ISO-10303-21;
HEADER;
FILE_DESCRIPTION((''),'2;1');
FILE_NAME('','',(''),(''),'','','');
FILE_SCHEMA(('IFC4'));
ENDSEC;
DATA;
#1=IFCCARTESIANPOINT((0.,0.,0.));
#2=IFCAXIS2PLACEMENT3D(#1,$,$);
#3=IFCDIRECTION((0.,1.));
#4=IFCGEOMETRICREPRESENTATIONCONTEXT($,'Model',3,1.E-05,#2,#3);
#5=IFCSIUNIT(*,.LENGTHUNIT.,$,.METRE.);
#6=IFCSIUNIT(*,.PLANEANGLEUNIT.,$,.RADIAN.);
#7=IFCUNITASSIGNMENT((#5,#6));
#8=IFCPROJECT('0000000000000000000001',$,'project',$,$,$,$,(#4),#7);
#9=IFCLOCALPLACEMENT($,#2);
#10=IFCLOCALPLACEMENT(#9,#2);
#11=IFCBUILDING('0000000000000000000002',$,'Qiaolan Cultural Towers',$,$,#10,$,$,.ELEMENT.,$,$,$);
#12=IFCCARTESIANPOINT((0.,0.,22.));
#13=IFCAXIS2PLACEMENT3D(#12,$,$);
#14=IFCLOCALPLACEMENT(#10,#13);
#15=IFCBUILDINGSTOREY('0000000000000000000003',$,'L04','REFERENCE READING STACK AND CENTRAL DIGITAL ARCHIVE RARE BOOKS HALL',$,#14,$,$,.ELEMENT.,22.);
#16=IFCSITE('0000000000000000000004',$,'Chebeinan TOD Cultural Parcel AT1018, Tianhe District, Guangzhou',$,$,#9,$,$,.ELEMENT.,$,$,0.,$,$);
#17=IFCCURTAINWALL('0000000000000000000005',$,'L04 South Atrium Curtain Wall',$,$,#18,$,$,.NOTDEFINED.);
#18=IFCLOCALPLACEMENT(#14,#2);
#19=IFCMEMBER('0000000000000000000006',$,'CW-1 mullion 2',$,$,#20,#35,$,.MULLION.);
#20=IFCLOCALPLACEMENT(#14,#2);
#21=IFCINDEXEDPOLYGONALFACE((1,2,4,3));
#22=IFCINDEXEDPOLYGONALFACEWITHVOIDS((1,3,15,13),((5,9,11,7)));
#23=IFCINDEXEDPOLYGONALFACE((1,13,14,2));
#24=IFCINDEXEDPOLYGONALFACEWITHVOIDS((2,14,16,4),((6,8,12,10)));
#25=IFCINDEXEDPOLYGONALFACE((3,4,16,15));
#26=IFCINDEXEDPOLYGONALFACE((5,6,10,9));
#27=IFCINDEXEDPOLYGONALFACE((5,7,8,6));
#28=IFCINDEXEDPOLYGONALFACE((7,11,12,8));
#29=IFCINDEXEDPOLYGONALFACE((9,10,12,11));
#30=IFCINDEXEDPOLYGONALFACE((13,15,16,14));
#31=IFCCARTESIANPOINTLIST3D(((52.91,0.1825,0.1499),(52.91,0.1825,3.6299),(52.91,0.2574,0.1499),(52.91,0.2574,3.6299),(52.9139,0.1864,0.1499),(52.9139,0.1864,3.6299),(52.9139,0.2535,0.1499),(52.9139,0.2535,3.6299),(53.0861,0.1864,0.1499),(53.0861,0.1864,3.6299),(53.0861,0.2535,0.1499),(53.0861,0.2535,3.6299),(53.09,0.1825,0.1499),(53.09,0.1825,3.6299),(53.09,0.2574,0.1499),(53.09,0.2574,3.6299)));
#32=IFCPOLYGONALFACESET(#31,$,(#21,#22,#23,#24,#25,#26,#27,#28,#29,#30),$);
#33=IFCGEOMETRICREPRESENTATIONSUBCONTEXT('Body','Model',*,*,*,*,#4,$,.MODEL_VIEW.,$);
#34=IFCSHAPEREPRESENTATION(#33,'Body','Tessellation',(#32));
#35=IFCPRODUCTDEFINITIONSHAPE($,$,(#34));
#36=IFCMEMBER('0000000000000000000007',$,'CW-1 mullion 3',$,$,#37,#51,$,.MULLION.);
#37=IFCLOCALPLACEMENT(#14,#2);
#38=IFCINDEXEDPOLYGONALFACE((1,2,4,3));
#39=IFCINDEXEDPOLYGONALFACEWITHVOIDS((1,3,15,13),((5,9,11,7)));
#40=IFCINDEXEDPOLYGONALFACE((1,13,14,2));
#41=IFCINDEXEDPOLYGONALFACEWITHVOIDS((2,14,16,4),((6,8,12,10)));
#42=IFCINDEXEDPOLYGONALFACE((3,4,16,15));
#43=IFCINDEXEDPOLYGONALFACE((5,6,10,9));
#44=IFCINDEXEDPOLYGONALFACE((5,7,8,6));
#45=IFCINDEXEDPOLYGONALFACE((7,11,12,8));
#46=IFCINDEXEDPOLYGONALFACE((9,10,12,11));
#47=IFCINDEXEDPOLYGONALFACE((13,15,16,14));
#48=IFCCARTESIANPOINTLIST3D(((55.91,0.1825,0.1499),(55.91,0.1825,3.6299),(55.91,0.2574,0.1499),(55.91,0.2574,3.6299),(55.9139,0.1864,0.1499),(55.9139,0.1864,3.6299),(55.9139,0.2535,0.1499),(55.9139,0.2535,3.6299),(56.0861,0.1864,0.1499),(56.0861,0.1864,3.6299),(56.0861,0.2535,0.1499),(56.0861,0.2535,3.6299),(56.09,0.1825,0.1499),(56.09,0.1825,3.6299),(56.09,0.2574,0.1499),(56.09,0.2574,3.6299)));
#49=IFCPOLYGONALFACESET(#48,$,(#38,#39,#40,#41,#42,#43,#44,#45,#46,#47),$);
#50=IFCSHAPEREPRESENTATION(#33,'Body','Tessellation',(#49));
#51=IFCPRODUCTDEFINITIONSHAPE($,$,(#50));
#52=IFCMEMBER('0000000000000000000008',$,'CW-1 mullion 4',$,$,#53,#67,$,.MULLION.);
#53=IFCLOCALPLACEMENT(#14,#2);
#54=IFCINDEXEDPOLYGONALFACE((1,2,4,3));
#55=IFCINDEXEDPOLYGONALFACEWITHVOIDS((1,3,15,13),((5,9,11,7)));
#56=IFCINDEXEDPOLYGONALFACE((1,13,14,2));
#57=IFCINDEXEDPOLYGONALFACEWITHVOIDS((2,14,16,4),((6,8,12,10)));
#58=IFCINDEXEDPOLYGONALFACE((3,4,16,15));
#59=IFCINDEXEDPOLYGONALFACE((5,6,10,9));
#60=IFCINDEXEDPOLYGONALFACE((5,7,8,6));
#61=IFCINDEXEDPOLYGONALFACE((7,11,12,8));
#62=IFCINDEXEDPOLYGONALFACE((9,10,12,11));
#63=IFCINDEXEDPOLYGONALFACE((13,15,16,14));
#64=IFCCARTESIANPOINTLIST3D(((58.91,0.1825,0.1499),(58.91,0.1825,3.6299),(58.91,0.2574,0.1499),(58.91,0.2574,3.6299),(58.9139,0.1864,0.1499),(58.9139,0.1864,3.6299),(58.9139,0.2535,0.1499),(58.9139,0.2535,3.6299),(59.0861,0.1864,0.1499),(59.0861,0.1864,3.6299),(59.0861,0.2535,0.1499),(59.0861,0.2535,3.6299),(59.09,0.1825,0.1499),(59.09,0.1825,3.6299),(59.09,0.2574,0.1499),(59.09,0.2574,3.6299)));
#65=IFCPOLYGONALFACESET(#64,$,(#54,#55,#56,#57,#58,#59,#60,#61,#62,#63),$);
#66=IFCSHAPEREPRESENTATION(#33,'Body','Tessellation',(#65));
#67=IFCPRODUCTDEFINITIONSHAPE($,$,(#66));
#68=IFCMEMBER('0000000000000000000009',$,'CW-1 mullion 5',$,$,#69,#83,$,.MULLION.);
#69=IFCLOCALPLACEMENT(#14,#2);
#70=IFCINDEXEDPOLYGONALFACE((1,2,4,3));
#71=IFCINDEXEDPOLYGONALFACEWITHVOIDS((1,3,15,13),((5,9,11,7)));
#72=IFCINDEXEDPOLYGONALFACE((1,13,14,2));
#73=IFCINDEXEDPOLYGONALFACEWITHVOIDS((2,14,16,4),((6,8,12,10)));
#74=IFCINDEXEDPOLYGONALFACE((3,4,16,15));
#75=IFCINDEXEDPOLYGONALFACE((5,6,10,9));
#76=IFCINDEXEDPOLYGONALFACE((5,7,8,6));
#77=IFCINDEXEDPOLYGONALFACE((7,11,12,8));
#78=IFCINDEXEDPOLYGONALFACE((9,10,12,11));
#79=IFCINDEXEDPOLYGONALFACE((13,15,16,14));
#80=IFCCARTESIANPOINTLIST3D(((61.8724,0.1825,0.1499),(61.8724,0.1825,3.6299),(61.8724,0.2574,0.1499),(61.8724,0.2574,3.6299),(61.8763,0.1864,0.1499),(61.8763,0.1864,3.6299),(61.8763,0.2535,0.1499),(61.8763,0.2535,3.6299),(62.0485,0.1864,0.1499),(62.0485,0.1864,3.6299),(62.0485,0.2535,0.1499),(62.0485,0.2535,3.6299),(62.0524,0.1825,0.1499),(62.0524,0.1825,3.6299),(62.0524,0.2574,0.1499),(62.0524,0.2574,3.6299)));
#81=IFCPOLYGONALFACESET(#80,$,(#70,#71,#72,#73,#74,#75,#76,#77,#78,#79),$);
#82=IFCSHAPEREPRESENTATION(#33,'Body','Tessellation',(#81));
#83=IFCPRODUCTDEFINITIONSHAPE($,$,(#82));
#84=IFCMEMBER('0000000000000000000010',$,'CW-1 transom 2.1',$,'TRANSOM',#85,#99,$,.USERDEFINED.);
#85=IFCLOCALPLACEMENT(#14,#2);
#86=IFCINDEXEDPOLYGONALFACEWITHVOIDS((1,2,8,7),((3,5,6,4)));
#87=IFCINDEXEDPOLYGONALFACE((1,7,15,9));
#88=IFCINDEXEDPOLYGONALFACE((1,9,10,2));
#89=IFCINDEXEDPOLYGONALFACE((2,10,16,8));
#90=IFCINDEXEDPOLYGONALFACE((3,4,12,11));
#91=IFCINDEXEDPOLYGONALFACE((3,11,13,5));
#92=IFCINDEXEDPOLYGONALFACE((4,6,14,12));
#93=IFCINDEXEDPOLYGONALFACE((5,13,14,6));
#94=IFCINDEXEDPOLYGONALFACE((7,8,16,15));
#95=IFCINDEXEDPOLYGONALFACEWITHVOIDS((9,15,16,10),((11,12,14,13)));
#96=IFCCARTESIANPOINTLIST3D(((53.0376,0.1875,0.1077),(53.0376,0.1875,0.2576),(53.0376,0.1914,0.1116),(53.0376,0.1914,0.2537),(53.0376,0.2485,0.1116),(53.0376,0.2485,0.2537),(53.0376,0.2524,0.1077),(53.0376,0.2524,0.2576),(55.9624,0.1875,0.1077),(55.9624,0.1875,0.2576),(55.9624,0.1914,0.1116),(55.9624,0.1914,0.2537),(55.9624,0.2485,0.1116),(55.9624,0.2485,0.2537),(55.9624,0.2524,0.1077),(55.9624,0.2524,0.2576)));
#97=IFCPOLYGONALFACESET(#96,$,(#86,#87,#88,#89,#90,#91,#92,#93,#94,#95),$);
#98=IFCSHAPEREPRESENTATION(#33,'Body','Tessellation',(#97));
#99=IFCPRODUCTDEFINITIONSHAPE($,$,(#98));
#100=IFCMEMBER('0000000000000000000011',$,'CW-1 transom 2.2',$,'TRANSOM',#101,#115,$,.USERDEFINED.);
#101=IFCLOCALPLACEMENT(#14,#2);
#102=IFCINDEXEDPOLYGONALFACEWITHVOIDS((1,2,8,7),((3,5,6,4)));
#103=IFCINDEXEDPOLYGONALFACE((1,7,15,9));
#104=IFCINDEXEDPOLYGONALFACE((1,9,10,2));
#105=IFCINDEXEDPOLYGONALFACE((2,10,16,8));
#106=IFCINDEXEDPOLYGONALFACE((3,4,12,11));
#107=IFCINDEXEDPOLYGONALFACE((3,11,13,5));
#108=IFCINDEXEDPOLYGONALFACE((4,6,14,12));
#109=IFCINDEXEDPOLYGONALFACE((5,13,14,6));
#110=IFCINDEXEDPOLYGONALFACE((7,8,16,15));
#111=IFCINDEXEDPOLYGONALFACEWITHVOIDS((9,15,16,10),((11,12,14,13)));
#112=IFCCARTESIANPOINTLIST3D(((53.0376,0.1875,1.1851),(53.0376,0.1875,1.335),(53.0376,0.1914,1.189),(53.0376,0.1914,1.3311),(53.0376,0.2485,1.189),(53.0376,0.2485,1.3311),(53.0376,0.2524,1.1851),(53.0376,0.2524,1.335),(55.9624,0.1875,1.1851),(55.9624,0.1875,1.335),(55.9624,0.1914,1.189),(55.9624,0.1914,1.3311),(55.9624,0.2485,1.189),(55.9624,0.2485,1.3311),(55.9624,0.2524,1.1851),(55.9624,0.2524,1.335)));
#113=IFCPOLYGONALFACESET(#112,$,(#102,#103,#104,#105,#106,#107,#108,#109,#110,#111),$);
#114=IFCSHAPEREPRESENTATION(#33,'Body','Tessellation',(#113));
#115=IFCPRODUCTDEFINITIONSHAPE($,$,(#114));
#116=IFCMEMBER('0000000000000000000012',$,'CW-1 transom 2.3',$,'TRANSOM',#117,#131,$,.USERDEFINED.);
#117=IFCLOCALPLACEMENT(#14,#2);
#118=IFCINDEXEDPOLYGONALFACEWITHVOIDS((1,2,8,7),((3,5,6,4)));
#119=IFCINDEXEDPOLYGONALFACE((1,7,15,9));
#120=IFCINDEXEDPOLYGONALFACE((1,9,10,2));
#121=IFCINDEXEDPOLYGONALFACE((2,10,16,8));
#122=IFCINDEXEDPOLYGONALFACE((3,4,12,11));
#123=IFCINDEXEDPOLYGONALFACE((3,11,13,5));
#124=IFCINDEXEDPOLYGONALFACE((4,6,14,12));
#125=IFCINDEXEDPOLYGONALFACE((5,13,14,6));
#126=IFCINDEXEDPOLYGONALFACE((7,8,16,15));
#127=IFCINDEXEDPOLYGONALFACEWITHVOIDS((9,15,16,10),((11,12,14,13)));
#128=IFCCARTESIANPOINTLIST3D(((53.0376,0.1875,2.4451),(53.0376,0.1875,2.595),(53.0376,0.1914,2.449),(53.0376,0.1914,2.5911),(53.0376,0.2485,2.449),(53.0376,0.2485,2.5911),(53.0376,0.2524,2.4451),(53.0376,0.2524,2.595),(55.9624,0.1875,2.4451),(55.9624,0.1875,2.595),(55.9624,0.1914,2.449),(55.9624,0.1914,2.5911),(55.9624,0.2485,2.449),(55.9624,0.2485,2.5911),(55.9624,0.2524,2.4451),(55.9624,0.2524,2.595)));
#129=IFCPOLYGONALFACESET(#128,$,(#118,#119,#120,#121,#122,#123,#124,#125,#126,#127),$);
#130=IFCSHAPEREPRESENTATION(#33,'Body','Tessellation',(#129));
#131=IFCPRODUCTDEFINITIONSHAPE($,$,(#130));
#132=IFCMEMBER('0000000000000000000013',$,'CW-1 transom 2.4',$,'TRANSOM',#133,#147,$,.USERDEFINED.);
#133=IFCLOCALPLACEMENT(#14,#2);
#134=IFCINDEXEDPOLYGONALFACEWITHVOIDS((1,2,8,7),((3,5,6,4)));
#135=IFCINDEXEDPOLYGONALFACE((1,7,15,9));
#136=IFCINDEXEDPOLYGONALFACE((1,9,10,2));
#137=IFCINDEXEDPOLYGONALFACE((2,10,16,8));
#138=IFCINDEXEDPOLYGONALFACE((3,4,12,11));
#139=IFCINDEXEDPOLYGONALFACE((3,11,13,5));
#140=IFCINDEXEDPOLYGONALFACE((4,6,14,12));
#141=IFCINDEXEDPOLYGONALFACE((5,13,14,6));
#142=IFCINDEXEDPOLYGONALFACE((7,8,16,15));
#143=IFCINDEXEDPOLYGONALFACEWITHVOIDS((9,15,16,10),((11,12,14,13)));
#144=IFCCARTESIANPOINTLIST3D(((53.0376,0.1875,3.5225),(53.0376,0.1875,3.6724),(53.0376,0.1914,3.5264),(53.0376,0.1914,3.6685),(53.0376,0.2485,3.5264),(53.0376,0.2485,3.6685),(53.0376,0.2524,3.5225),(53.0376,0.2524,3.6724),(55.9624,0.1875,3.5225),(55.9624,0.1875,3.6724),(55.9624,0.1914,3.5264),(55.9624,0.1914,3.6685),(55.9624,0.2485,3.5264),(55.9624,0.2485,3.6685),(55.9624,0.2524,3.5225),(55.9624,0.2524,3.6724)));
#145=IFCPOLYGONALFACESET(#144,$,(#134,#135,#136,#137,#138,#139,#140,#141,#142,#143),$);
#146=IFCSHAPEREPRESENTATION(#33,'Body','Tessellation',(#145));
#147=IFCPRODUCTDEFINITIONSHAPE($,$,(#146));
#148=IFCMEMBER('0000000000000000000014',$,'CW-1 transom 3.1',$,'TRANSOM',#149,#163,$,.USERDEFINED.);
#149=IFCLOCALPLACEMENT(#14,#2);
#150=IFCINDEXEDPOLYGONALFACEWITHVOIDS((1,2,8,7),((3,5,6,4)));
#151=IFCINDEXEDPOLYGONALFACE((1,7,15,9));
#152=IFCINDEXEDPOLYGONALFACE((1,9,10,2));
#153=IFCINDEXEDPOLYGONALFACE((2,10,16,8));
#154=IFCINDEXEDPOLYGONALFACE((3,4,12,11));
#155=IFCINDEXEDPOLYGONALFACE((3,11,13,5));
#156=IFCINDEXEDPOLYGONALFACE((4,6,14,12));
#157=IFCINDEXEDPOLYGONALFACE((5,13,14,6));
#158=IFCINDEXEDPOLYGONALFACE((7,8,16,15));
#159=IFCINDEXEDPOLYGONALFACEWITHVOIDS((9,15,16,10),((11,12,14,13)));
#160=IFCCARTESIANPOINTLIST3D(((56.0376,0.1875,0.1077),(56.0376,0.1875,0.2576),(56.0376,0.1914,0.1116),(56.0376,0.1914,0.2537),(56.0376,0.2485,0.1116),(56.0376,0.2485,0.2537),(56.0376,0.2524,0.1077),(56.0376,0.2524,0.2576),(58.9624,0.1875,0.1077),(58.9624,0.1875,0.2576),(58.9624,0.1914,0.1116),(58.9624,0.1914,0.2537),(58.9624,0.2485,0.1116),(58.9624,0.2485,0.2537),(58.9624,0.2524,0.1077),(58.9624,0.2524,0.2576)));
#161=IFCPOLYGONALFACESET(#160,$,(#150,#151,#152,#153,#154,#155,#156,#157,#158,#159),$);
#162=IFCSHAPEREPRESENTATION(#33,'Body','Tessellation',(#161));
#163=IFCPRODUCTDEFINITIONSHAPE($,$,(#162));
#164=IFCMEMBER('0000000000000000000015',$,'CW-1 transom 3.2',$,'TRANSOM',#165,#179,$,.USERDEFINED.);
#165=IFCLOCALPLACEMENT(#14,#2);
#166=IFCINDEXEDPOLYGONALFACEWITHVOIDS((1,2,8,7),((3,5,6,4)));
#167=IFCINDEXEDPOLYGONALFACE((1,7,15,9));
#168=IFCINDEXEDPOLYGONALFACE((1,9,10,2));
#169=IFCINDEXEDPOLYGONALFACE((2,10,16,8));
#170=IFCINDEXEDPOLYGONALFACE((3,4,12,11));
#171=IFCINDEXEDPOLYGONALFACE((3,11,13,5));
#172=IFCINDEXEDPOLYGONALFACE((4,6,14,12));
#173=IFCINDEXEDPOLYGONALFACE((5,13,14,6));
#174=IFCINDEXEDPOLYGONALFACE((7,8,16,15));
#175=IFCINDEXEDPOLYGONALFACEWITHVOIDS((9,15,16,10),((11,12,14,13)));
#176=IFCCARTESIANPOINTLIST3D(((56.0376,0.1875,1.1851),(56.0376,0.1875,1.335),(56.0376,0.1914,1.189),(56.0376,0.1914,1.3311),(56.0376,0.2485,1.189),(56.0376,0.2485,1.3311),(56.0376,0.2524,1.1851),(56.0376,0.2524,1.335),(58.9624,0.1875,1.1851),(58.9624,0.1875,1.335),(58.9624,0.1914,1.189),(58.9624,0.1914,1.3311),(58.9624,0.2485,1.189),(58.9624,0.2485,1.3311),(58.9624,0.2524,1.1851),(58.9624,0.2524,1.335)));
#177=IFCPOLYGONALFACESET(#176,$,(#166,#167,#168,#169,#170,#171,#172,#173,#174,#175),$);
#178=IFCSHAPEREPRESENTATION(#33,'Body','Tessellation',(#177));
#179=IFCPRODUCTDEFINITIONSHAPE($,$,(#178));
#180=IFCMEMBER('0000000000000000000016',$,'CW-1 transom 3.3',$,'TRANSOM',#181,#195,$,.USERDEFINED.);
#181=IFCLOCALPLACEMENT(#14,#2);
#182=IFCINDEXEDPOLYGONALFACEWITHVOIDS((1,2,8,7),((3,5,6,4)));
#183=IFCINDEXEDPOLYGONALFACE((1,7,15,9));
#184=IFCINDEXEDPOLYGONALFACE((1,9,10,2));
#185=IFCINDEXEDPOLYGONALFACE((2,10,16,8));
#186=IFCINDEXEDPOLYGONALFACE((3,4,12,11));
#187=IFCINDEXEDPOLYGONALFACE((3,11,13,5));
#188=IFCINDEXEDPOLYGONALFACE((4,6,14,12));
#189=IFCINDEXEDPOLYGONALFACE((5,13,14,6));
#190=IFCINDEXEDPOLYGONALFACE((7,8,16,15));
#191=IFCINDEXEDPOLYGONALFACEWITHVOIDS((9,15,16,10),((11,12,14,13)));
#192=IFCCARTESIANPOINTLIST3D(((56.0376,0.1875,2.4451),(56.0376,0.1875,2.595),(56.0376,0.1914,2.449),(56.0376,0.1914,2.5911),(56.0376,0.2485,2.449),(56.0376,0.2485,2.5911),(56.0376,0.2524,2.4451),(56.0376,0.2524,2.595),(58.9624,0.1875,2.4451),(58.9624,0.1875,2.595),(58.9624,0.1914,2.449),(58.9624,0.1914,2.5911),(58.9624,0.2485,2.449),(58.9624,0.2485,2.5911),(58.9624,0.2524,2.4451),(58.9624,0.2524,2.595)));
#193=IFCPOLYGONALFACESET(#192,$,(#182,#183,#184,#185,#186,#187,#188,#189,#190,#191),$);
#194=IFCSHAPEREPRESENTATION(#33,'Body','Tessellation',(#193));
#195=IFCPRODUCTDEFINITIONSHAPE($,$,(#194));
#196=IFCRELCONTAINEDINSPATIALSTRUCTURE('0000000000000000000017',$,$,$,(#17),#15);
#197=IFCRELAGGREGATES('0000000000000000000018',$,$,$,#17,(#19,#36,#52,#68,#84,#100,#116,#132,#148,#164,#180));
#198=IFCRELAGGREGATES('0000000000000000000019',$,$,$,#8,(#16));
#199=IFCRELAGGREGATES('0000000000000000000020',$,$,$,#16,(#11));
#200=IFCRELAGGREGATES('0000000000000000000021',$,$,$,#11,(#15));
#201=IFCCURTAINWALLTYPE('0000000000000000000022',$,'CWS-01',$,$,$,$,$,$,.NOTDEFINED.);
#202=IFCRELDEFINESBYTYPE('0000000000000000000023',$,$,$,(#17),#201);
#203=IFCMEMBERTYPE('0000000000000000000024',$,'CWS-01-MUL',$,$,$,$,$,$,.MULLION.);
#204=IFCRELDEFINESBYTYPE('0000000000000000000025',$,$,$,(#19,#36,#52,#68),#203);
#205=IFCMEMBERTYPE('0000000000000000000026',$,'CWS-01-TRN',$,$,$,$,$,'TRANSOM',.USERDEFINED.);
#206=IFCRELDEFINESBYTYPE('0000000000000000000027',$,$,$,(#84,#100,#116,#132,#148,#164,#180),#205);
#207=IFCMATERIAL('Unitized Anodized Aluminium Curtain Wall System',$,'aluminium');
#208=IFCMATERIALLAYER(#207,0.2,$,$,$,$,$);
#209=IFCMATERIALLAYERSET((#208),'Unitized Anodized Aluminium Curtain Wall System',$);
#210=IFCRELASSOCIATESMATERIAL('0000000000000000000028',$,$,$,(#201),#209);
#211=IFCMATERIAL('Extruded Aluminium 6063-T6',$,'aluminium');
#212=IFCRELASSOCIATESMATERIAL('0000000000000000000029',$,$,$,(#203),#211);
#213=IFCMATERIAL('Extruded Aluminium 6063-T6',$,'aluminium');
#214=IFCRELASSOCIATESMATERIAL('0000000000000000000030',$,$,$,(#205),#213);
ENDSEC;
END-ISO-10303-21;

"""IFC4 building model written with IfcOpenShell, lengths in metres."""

from ifc_helpers import new_model, si_unit, direction, frame, origin, origin_2d, place, context, subcontext, project, spatial, hollow_rectangle, extrude, material, layer, layer_set, material_profile, profile_set, type_object, element, aggregate, save


model = new_model("IFC4")

# Units and contexts
model_context = context("Model", 3, precision=1e-05, world=origin(), true_north=direction((0.0, 1.0)))
body_context = subcontext(model_context, "Body", "Model", "MODEL_VIEW")
ifc_project = project(units=[si_unit("LENGTHUNIT", "METRE"), si_unit("PLANEANGLEUNIT", "RADIAN")], contexts=[model_context])

# Site, building, storey
site_placement = place(None, origin())
site = spatial("IfcSite", under=ifc_project, at=site_placement, Name="Chebeinan TOD Cultural Parcel AT1018, Tianhe District, Guangzhou", CompositionType="ELEMENT", RefElevation=0.0)
building_placement = place(site_placement, origin())
building = spatial("IfcBuilding", under=site, at=building_placement, Name="Qiaolan Cultural Towers", CompositionType="ELEMENT")
storey_placement = place(building_placement, frame((0.0, 0.0, 22.0)))
storey = spatial("IfcBuildingStorey", under=building, at=storey_placement, Name="L04", Description="REFERENCE READING STACK AND CENTRAL DIGITAL ARCHIVE RARE BOOKS HALL", CompositionType="ELEMENT", Elevation=22.0)

# Curtain wall, members
ifc_material_1 = material(Name="Unitized Anodized Aluminium Curtain Wall System", Category="aluminium")
ifc_layer_1 = layer(ifc_material_1, 0.2)
ifc_layer_set_1 = layer_set([ifc_layer_1], Name="Unitized Anodized Aluminium Curtain Wall System")
curtain_wall_type = type_object("IfcCurtainWallType", Name="CWS-01", PredefinedType="NOTDEFINED", material=ifc_layer_set_1)
curtain_wall_placement = place(storey_placement, origin())
curtain_wall = element("IfcCurtainWall", 1, at=curtain_wall_placement, inside=storey, type_object=curtain_wall_type, Name="L04 South Atrium Curtain Wall", PredefinedType="NOTDEFINED")
ifc_material_2 = material(Name="Extruded Aluminium 6063-T6", Category="aluminium")
ifc_material_profile_1 = material_profile(ifc_material_2, hollow_rectangle(XDim=0.075, YDim=0.1799, WallThickness=0.0039, at=origin_2d()), Name="CWM-180x75x4")
ifc_profile_set_1 = profile_set([ifc_material_profile_1], Name="Extruded Aluminium 6063-T6")
member_type_1 = type_object("IfcMemberType", Name="CWS-01-MUL", PredefinedType="MULLION", material=ifc_profile_set_1)
member_1_placement = place(storey_placement, frame((53.0, 0.22, 0.1499), z_axis=(0.0, 0.0, 1.0), x_axis=(0.0, 1.0, 0.0)))
member_1 = element("IfcMember", 2, at=member_1_placement, type_object=member_type_1, Name="CW-1 mullion 2", PredefinedType="MULLION", context=body_context, shape_type="SweptSolid", body=[
    extrude(hollow_rectangle(XDim=0.075, YDim=0.1799, WallThickness=0.0039, at=origin_2d()), origin(), (0.0, 0.0, 1.0), 3.48),
])
member_2_placement = place(storey_placement, frame((56.0, 0.22, 0.1499), z_axis=(0.0, 0.0, 1.0), x_axis=(0.0, 1.0, 0.0)))
member_2 = element("IfcMember", 3, at=member_2_placement, type_object=member_type_1, Name="CW-1 mullion 3", PredefinedType="MULLION", context=body_context, shape_type="SweptSolid", body=[
    extrude(hollow_rectangle(XDim=0.075, YDim=0.1799, WallThickness=0.0039, at=origin_2d()), origin(), (0.0, 0.0, 1.0), 3.48),
])
member_3_placement = place(storey_placement, frame((59.0, 0.22, 0.1499), z_axis=(0.0, 0.0, 1.0), x_axis=(0.0, 1.0, 0.0)))
member_3 = element("IfcMember", 4, at=member_3_placement, type_object=member_type_1, Name="CW-1 mullion 4", PredefinedType="MULLION", context=body_context, shape_type="SweptSolid", body=[
    extrude(hollow_rectangle(XDim=0.075, YDim=0.1799, WallThickness=0.0039, at=origin_2d()), origin(), (0.0, 0.0, 1.0), 3.48),
])
member_4_placement = place(storey_placement, frame((61.9624, 0.22, 0.1499), z_axis=(0.0, 0.0, 1.0), x_axis=(0.0, 1.0, 0.0)))
member_4 = element("IfcMember", 5, at=member_4_placement, type_object=member_type_1, Name="CW-1 mullion 5", PredefinedType="MULLION", context=body_context, shape_type="SweptSolid", body=[
    extrude(hollow_rectangle(XDim=0.075, YDim=0.1799, WallThickness=0.0039, at=origin_2d()), origin(), (0.0, 0.0, 1.0), 3.48),
])
ifc_material_3 = material(Name="Extruded Aluminium 6063-T6", Category="aluminium")
ifc_material_profile_2 = material_profile(ifc_material_3, hollow_rectangle(XDim=0.0649, YDim=0.1499, WallThickness=0.0039, at=origin_2d()), Name="CWT-150x65x4")
ifc_profile_set_2 = profile_set([ifc_material_profile_2], Name="Extruded Aluminium 6063-T6")
member_type_2 = type_object("IfcMemberType", Name="CWS-01-TRN", ElementType="TRANSOM", PredefinedType="USERDEFINED", material=ifc_profile_set_2)
member_5_placement = place(storey_placement, frame((53.0376, 0.22, 0.1826), z_axis=(1.0, 0.0, 0.0), x_axis=(0.0, 1.0, 0.0)))
member_5 = element("IfcMember", 6, at=member_5_placement, type_object=member_type_2, Name="CW-1 transom 2.1", ObjectType="TRANSOM", PredefinedType="USERDEFINED", context=body_context, shape_type="SweptSolid", body=[
    extrude(hollow_rectangle(XDim=0.0649, YDim=0.1499, WallThickness=0.0039, at=origin_2d()), origin(), (0.0, 0.0, 1.0), 2.9248),
])
member_6_placement = place(storey_placement, frame((53.0376, 0.22, 1.26), z_axis=(1.0, 0.0, 0.0), x_axis=(0.0, 1.0, 0.0)))
member_6 = element("IfcMember", 7, at=member_6_placement, type_object=member_type_2, Name="CW-1 transom 2.2", ObjectType="TRANSOM", PredefinedType="USERDEFINED", context=body_context, shape_type="SweptSolid", body=[
    extrude(hollow_rectangle(XDim=0.0649, YDim=0.1499, WallThickness=0.0039, at=origin_2d()), origin(), (0.0, 0.0, 1.0), 2.9248),
])
member_7_placement = place(storey_placement, frame((53.0376, 0.22, 2.52), z_axis=(1.0, 0.0, 0.0), x_axis=(0.0, 1.0, 0.0)))
member_7 = element("IfcMember", 8, at=member_7_placement, type_object=member_type_2, Name="CW-1 transom 2.3", ObjectType="TRANSOM", PredefinedType="USERDEFINED", context=body_context, shape_type="SweptSolid", body=[
    extrude(hollow_rectangle(XDim=0.0649, YDim=0.1499, WallThickness=0.0039, at=origin_2d()), origin(), (0.0, 0.0, 1.0), 2.9248),
])
member_8_placement = place(storey_placement, frame((53.0376, 0.22, 3.5974), z_axis=(1.0, 0.0, 0.0), x_axis=(0.0, 1.0, 0.0)))
member_8 = element("IfcMember", 9, at=member_8_placement, type_object=member_type_2, Name="CW-1 transom 2.4", ObjectType="TRANSOM", PredefinedType="USERDEFINED", context=body_context, shape_type="SweptSolid", body=[
    extrude(hollow_rectangle(XDim=0.0649, YDim=0.1499, WallThickness=0.0039, at=origin_2d()), origin(), (0.0, 0.0, 1.0), 2.9248),
])
member_9_placement = place(storey_placement, frame((56.0376, 0.22, 0.1826), z_axis=(1.0, 0.0, 0.0), x_axis=(0.0, 1.0, 0.0)))
member_9 = element("IfcMember", 10, at=member_9_placement, type_object=member_type_2, Name="CW-1 transom 3.1", ObjectType="TRANSOM", PredefinedType="USERDEFINED", context=body_context, shape_type="SweptSolid", body=[
    extrude(hollow_rectangle(XDim=0.0649, YDim=0.1499, WallThickness=0.0039, at=origin_2d()), origin(), (0.0, 0.0, 1.0), 2.9248),
])
member_10_placement = place(storey_placement, frame((56.0376, 0.22, 1.26), z_axis=(1.0, 0.0, 0.0), x_axis=(0.0, 1.0, 0.0)))
member_10 = element("IfcMember", 11, at=member_10_placement, type_object=member_type_2, Name="CW-1 transom 3.2", ObjectType="TRANSOM", PredefinedType="USERDEFINED", context=body_context, shape_type="SweptSolid", body=[
    extrude(hollow_rectangle(XDim=0.0649, YDim=0.1499, WallThickness=0.0039, at=origin_2d()), origin(), (0.0, 0.0, 1.0), 2.9248),
])
member_11_placement = place(storey_placement, frame((56.0376, 0.22, 2.52), z_axis=(1.0, 0.0, 0.0), x_axis=(0.0, 1.0, 0.0)))
member_11 = element("IfcMember", 12, at=member_11_placement, type_object=member_type_2, Name="CW-1 transom 3.3", ObjectType="TRANSOM", PredefinedType="USERDEFINED", context=body_context, shape_type="SweptSolid", body=[
    extrude(hollow_rectangle(XDim=0.0649, YDim=0.1499, WallThickness=0.0039, at=origin_2d()), origin(), (0.0, 0.0, 1.0), 2.9248),
])
aggregate(curtain_wall, [member_1, member_2, member_3, member_4, member_5, member_6, member_7, member_8, member_9, member_10, member_11])

save(model, "model.ifc")
